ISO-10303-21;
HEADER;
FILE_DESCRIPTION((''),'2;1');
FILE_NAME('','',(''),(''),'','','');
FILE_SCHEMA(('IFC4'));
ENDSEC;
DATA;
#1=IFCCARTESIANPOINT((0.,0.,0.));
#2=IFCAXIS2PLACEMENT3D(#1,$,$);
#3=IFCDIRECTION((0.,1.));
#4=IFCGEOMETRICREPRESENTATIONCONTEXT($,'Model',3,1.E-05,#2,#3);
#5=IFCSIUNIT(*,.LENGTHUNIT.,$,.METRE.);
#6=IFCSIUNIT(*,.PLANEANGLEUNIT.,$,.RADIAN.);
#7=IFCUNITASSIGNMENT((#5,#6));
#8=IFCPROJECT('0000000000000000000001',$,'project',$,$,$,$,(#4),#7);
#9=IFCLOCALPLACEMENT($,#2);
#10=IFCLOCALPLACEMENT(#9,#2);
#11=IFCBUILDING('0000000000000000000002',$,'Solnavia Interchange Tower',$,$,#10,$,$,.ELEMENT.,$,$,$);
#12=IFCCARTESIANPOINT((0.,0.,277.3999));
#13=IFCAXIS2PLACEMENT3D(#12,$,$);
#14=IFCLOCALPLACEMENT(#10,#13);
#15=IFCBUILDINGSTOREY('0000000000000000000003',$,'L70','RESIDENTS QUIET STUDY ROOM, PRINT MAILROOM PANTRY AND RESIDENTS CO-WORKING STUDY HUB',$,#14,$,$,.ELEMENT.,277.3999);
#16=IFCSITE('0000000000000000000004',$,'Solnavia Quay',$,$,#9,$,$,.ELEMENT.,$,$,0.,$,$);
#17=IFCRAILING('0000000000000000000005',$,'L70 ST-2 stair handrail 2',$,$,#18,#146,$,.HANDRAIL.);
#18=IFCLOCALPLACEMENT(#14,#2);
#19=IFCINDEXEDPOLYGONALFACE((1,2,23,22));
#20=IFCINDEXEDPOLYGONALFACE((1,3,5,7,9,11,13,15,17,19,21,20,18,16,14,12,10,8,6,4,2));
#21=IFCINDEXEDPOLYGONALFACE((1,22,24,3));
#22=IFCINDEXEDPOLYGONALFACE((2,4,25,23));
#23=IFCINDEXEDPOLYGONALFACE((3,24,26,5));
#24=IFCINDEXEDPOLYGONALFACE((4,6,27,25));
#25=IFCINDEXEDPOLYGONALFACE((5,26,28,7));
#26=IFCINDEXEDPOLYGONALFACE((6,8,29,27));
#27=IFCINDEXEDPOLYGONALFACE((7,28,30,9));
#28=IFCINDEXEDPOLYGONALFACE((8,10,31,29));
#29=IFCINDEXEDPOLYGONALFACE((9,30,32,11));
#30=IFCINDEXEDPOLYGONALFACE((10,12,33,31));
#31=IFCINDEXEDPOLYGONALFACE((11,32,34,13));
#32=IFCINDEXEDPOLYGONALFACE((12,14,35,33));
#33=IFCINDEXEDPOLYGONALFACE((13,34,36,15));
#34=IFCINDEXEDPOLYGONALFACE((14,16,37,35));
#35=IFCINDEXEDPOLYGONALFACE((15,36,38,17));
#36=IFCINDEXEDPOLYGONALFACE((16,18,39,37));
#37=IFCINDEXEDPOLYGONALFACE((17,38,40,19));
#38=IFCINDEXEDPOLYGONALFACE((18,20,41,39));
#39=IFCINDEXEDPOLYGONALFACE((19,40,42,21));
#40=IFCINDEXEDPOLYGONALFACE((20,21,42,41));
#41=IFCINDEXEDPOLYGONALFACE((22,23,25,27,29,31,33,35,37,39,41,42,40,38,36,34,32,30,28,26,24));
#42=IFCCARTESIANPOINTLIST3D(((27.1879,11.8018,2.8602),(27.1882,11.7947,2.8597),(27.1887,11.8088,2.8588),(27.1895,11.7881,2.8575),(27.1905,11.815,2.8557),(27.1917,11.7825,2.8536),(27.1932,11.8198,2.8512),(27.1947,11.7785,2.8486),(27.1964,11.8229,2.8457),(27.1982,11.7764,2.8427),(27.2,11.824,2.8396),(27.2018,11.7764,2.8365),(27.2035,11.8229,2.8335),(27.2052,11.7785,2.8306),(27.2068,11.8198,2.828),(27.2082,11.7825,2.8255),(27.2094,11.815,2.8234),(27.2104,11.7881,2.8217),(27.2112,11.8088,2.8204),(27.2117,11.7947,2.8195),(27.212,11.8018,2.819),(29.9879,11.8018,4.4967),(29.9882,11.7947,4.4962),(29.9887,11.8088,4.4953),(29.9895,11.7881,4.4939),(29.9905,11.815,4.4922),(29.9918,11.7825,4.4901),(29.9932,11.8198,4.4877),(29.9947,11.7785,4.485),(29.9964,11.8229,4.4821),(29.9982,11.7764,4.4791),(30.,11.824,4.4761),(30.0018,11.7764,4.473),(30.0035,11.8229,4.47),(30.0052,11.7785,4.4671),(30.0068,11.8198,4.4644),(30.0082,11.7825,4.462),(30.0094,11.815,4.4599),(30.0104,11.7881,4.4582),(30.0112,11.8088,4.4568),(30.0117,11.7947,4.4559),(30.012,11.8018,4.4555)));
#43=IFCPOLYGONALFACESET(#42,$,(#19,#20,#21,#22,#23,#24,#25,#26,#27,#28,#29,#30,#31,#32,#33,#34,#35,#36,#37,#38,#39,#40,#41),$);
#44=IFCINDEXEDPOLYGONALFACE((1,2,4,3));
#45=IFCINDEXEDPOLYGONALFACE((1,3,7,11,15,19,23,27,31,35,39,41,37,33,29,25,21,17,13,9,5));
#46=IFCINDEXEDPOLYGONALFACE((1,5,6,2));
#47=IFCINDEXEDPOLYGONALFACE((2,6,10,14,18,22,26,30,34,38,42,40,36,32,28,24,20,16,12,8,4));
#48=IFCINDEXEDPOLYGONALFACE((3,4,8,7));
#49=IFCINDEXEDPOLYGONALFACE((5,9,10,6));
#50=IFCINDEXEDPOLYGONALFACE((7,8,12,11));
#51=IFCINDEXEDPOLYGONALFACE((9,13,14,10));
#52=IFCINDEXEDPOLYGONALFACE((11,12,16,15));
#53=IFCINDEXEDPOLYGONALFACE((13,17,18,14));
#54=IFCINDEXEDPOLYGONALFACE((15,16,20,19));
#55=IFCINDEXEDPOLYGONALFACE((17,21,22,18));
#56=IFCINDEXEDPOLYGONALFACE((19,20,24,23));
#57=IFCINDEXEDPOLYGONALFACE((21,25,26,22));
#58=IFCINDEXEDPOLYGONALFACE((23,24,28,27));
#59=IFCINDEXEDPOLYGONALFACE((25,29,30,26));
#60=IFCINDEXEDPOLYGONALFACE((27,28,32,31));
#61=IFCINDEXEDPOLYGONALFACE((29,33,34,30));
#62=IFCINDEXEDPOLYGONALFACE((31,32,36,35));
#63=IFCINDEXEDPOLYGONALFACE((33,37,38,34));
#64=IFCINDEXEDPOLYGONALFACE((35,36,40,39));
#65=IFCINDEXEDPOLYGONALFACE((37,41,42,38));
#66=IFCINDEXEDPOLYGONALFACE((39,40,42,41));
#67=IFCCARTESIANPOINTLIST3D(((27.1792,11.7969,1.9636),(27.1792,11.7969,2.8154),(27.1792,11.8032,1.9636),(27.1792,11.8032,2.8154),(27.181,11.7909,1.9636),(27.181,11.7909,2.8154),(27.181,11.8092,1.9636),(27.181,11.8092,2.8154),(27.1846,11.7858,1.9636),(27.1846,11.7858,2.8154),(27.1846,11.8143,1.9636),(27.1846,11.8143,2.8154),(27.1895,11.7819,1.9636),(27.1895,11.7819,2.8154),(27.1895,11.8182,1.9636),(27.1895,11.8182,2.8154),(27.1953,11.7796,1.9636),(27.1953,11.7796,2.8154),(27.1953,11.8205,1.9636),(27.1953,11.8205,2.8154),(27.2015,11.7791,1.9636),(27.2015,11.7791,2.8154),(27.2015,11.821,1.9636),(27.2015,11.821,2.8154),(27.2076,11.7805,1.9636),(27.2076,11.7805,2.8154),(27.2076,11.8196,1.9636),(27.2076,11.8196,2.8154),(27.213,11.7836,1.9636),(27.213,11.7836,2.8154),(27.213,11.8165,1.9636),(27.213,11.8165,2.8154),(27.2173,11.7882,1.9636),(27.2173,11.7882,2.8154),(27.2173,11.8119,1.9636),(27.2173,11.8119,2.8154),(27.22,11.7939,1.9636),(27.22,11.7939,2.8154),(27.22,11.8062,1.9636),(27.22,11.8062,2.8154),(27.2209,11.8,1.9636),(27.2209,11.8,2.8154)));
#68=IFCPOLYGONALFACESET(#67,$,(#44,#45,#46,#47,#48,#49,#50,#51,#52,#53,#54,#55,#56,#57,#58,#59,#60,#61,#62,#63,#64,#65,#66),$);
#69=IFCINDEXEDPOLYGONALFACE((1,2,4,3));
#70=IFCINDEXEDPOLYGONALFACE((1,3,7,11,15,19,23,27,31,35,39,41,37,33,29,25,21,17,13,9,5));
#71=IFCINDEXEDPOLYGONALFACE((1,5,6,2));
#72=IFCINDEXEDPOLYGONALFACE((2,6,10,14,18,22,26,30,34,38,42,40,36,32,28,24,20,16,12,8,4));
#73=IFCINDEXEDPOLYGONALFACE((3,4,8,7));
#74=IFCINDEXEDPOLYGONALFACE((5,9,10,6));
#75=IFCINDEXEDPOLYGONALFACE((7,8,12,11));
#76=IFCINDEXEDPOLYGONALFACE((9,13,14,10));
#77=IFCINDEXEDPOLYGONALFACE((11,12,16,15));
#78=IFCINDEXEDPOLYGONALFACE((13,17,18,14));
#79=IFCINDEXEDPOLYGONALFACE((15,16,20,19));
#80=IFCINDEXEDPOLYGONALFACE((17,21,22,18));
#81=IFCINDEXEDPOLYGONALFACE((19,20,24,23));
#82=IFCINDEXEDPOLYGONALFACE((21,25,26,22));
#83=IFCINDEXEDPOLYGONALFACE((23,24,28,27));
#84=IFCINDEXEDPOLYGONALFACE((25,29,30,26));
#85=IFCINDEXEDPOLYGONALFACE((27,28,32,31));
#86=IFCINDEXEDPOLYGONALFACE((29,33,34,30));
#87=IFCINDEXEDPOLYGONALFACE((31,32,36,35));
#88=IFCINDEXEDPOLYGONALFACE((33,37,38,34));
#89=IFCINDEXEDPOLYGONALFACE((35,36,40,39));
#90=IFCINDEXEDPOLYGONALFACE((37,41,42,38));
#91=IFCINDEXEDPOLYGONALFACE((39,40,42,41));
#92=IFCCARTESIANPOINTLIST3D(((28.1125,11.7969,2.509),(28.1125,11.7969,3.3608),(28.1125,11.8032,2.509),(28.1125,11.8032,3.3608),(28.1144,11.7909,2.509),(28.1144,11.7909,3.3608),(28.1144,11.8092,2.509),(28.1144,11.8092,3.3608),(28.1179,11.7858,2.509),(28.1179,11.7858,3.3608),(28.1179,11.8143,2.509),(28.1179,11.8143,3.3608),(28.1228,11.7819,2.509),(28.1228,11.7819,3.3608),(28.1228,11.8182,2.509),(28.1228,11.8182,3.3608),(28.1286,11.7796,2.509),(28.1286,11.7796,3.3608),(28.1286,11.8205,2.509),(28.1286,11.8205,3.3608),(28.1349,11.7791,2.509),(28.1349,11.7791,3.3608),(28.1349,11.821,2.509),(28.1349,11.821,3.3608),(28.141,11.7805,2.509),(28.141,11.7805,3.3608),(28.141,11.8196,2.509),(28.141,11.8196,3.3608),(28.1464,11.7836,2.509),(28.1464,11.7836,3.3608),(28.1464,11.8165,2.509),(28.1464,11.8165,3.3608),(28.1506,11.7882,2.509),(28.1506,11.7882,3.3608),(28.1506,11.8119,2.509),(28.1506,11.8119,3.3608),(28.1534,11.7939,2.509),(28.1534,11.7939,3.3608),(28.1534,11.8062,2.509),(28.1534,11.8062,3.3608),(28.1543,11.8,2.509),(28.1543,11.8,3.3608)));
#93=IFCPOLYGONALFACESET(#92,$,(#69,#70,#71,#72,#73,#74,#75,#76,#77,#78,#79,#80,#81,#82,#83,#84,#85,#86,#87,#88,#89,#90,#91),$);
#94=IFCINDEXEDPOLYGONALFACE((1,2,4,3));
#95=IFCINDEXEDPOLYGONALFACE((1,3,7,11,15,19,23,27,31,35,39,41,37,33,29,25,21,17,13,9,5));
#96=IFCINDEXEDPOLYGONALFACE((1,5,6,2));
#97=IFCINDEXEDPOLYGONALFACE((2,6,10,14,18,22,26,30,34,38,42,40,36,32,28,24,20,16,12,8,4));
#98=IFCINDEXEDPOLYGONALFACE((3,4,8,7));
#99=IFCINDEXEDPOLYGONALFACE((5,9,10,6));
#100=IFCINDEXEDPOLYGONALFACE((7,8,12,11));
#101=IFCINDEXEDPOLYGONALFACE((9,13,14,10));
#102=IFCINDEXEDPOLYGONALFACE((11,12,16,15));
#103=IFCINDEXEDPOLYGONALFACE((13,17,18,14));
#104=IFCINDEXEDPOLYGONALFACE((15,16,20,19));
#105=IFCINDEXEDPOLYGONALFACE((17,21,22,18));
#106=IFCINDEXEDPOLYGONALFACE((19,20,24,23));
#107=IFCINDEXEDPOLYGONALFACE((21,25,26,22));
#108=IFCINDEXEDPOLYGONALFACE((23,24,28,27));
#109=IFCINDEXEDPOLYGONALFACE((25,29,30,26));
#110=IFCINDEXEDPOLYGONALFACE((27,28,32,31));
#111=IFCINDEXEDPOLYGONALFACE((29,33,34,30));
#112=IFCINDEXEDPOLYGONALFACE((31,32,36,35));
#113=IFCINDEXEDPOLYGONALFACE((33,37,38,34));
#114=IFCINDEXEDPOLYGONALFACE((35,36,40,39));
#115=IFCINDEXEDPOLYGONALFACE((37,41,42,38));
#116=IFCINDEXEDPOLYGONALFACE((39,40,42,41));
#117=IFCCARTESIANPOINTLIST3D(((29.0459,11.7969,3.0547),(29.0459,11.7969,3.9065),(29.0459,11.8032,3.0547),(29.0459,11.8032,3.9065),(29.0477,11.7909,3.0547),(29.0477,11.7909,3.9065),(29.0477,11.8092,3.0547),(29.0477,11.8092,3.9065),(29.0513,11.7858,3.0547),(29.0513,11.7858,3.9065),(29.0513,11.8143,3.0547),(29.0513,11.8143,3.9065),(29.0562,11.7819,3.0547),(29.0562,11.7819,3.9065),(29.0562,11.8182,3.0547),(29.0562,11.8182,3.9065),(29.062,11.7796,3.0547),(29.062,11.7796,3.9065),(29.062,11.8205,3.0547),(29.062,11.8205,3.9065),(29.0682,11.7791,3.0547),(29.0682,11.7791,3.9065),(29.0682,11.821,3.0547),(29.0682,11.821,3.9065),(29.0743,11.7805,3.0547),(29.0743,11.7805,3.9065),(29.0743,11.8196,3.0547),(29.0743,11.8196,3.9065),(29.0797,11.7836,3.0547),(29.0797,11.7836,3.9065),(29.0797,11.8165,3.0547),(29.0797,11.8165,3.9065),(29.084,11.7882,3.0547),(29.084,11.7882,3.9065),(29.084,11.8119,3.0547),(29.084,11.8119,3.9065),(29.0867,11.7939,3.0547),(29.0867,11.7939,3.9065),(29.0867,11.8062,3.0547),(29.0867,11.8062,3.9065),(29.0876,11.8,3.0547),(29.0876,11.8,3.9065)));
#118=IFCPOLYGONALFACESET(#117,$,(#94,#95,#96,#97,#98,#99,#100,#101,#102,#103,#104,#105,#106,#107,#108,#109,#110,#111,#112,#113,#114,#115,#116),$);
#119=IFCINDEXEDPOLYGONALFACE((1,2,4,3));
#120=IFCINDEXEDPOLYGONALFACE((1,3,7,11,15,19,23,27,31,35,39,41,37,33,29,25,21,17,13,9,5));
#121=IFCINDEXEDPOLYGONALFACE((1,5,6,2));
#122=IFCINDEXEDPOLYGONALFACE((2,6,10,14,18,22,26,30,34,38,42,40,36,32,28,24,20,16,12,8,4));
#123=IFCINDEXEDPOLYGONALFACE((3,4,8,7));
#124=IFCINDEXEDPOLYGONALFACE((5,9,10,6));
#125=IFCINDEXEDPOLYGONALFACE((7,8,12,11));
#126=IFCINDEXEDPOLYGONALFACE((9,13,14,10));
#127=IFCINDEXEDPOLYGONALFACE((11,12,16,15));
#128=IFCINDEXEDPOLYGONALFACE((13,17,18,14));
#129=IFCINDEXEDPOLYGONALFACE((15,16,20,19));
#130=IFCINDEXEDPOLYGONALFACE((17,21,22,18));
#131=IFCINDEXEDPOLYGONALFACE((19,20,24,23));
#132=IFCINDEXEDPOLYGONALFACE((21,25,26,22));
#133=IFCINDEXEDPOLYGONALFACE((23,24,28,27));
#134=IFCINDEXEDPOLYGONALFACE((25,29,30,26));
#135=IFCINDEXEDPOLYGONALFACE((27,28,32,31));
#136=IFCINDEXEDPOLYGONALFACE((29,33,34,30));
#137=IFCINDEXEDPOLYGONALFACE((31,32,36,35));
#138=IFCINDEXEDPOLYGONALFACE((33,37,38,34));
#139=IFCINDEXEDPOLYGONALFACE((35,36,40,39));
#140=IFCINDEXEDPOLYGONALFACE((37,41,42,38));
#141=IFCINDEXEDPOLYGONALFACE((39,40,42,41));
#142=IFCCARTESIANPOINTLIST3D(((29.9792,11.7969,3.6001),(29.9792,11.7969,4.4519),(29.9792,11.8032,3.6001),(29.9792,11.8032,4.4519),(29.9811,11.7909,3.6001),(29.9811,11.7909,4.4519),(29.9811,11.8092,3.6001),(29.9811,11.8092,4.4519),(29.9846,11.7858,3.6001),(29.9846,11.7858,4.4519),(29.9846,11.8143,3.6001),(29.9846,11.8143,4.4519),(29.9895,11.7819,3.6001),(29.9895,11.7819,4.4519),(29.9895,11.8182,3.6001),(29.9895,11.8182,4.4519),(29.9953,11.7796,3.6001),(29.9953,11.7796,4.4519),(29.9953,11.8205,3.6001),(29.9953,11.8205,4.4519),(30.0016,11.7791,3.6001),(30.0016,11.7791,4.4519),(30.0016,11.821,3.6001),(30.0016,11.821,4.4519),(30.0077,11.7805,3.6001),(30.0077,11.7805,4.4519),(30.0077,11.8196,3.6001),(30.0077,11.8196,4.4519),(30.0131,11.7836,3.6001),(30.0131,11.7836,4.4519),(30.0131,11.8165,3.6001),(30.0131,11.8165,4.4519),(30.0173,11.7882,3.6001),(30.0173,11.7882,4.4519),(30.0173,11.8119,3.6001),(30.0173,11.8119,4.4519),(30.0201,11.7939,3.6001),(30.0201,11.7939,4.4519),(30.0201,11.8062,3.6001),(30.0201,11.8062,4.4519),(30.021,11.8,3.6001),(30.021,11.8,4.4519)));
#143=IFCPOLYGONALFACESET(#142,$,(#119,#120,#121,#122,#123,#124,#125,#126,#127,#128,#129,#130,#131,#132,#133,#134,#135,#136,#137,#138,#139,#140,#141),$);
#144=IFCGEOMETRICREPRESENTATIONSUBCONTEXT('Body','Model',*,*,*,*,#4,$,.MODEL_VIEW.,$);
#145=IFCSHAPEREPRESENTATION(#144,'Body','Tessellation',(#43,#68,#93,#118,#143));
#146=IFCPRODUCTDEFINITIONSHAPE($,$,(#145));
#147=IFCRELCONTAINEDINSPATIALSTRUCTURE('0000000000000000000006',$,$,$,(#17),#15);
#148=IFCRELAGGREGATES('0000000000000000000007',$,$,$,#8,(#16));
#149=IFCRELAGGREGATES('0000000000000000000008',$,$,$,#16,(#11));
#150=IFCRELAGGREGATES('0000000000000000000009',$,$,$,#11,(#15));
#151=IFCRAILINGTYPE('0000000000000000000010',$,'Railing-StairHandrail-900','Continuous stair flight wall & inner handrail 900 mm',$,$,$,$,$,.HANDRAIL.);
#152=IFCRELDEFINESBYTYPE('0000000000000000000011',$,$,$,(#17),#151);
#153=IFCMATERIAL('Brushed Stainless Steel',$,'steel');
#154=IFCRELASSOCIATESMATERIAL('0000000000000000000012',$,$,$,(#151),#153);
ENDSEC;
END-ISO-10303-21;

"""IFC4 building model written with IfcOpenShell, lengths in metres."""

from ifc_helpers import new_model, si_unit, direction, frame, origin, origin_2d, place, context, subcontext, project, spatial, circle, extrude, material, type_object, element, save


model = new_model("IFC4")

# Units and contexts
model_context = context("Model", 3, precision=1e-05, world=origin(), true_north=direction((0.0, 1.0)))
body_context = subcontext(model_context, "Body", "Model", "MODEL_VIEW")
ifc_project = project(units=[si_unit("LENGTHUNIT", "METRE"), si_unit("PLANEANGLEUNIT", "RADIAN")], contexts=[model_context])

# Site, building, storey
site_placement = place(None, origin())
site = spatial("IfcSite", under=ifc_project, at=site_placement, Name="Solnavia Quay", CompositionType="ELEMENT", RefElevation=0.0)
building_placement = place(site_placement, origin())
building = spatial("IfcBuilding", under=site, at=building_placement, Name="Solnavia Interchange Tower", CompositionType="ELEMENT")
storey_placement = place(building_placement, frame((0.0, 0.0, 277.3999)))
storey = spatial("IfcBuildingStorey", under=building, at=storey_placement, Name="L70", Description="RESIDENTS QUIET STUDY ROOM, PRINT MAILROOM PANTRY AND RESIDENTS CO-WORKING STUDY HUB", CompositionType="ELEMENT", Elevation=277.3999)

# Railing
ifc_material_1 = material(Name="Brushed Stainless Steel", Category="steel")
railing_type_1 = type_object("IfcRailingType", Name="Railing-StairHandrail-900", Description="Continuous stair flight wall & inner handrail 900 mm", PredefinedType="HANDRAIL", material=ifc_material_1)
railing_1_placement = place(storey_placement, frame((27.2, 11.8, 1.9636)))
element("IfcRailing", 1, at=railing_1_placement, inside=storey, type_object=railing_type_1, Name="L70 ST-2 stair handrail 2", PredefinedType="HANDRAIL", context=body_context, shape_type="SweptSolid", body=[
    extrude(circle(Radius=0.0239, at=origin_2d()), frame((0.0, 0.0, 0.876), z_axis=(0.863361, 0.0, 0.504587), x_axis=(0.0, 1.0, 0.0)), (0.0, 0.0, 1.0), 3.2432),
    extrude(circle(Radius=0.021, at=origin_2d()), origin(), (0.0, 0.0, 1.0), 0.8518),
    extrude(circle(Radius=0.021, at=origin_2d()), frame((0.9333, 0.0, 0.5454)), (0.0, 0.0, 1.0), 0.8518),
    extrude(circle(Radius=0.021, at=origin_2d()), frame((1.8667, 0.0, 1.0911)), (0.0, 0.0, 1.0), 0.8518),
    extrude(circle(Radius=0.021, at=origin_2d()), frame((2.8, 0.0, 1.6365)), (0.0, 0.0, 1.0), 0.8518),
])

save(model, "model.ifc")
